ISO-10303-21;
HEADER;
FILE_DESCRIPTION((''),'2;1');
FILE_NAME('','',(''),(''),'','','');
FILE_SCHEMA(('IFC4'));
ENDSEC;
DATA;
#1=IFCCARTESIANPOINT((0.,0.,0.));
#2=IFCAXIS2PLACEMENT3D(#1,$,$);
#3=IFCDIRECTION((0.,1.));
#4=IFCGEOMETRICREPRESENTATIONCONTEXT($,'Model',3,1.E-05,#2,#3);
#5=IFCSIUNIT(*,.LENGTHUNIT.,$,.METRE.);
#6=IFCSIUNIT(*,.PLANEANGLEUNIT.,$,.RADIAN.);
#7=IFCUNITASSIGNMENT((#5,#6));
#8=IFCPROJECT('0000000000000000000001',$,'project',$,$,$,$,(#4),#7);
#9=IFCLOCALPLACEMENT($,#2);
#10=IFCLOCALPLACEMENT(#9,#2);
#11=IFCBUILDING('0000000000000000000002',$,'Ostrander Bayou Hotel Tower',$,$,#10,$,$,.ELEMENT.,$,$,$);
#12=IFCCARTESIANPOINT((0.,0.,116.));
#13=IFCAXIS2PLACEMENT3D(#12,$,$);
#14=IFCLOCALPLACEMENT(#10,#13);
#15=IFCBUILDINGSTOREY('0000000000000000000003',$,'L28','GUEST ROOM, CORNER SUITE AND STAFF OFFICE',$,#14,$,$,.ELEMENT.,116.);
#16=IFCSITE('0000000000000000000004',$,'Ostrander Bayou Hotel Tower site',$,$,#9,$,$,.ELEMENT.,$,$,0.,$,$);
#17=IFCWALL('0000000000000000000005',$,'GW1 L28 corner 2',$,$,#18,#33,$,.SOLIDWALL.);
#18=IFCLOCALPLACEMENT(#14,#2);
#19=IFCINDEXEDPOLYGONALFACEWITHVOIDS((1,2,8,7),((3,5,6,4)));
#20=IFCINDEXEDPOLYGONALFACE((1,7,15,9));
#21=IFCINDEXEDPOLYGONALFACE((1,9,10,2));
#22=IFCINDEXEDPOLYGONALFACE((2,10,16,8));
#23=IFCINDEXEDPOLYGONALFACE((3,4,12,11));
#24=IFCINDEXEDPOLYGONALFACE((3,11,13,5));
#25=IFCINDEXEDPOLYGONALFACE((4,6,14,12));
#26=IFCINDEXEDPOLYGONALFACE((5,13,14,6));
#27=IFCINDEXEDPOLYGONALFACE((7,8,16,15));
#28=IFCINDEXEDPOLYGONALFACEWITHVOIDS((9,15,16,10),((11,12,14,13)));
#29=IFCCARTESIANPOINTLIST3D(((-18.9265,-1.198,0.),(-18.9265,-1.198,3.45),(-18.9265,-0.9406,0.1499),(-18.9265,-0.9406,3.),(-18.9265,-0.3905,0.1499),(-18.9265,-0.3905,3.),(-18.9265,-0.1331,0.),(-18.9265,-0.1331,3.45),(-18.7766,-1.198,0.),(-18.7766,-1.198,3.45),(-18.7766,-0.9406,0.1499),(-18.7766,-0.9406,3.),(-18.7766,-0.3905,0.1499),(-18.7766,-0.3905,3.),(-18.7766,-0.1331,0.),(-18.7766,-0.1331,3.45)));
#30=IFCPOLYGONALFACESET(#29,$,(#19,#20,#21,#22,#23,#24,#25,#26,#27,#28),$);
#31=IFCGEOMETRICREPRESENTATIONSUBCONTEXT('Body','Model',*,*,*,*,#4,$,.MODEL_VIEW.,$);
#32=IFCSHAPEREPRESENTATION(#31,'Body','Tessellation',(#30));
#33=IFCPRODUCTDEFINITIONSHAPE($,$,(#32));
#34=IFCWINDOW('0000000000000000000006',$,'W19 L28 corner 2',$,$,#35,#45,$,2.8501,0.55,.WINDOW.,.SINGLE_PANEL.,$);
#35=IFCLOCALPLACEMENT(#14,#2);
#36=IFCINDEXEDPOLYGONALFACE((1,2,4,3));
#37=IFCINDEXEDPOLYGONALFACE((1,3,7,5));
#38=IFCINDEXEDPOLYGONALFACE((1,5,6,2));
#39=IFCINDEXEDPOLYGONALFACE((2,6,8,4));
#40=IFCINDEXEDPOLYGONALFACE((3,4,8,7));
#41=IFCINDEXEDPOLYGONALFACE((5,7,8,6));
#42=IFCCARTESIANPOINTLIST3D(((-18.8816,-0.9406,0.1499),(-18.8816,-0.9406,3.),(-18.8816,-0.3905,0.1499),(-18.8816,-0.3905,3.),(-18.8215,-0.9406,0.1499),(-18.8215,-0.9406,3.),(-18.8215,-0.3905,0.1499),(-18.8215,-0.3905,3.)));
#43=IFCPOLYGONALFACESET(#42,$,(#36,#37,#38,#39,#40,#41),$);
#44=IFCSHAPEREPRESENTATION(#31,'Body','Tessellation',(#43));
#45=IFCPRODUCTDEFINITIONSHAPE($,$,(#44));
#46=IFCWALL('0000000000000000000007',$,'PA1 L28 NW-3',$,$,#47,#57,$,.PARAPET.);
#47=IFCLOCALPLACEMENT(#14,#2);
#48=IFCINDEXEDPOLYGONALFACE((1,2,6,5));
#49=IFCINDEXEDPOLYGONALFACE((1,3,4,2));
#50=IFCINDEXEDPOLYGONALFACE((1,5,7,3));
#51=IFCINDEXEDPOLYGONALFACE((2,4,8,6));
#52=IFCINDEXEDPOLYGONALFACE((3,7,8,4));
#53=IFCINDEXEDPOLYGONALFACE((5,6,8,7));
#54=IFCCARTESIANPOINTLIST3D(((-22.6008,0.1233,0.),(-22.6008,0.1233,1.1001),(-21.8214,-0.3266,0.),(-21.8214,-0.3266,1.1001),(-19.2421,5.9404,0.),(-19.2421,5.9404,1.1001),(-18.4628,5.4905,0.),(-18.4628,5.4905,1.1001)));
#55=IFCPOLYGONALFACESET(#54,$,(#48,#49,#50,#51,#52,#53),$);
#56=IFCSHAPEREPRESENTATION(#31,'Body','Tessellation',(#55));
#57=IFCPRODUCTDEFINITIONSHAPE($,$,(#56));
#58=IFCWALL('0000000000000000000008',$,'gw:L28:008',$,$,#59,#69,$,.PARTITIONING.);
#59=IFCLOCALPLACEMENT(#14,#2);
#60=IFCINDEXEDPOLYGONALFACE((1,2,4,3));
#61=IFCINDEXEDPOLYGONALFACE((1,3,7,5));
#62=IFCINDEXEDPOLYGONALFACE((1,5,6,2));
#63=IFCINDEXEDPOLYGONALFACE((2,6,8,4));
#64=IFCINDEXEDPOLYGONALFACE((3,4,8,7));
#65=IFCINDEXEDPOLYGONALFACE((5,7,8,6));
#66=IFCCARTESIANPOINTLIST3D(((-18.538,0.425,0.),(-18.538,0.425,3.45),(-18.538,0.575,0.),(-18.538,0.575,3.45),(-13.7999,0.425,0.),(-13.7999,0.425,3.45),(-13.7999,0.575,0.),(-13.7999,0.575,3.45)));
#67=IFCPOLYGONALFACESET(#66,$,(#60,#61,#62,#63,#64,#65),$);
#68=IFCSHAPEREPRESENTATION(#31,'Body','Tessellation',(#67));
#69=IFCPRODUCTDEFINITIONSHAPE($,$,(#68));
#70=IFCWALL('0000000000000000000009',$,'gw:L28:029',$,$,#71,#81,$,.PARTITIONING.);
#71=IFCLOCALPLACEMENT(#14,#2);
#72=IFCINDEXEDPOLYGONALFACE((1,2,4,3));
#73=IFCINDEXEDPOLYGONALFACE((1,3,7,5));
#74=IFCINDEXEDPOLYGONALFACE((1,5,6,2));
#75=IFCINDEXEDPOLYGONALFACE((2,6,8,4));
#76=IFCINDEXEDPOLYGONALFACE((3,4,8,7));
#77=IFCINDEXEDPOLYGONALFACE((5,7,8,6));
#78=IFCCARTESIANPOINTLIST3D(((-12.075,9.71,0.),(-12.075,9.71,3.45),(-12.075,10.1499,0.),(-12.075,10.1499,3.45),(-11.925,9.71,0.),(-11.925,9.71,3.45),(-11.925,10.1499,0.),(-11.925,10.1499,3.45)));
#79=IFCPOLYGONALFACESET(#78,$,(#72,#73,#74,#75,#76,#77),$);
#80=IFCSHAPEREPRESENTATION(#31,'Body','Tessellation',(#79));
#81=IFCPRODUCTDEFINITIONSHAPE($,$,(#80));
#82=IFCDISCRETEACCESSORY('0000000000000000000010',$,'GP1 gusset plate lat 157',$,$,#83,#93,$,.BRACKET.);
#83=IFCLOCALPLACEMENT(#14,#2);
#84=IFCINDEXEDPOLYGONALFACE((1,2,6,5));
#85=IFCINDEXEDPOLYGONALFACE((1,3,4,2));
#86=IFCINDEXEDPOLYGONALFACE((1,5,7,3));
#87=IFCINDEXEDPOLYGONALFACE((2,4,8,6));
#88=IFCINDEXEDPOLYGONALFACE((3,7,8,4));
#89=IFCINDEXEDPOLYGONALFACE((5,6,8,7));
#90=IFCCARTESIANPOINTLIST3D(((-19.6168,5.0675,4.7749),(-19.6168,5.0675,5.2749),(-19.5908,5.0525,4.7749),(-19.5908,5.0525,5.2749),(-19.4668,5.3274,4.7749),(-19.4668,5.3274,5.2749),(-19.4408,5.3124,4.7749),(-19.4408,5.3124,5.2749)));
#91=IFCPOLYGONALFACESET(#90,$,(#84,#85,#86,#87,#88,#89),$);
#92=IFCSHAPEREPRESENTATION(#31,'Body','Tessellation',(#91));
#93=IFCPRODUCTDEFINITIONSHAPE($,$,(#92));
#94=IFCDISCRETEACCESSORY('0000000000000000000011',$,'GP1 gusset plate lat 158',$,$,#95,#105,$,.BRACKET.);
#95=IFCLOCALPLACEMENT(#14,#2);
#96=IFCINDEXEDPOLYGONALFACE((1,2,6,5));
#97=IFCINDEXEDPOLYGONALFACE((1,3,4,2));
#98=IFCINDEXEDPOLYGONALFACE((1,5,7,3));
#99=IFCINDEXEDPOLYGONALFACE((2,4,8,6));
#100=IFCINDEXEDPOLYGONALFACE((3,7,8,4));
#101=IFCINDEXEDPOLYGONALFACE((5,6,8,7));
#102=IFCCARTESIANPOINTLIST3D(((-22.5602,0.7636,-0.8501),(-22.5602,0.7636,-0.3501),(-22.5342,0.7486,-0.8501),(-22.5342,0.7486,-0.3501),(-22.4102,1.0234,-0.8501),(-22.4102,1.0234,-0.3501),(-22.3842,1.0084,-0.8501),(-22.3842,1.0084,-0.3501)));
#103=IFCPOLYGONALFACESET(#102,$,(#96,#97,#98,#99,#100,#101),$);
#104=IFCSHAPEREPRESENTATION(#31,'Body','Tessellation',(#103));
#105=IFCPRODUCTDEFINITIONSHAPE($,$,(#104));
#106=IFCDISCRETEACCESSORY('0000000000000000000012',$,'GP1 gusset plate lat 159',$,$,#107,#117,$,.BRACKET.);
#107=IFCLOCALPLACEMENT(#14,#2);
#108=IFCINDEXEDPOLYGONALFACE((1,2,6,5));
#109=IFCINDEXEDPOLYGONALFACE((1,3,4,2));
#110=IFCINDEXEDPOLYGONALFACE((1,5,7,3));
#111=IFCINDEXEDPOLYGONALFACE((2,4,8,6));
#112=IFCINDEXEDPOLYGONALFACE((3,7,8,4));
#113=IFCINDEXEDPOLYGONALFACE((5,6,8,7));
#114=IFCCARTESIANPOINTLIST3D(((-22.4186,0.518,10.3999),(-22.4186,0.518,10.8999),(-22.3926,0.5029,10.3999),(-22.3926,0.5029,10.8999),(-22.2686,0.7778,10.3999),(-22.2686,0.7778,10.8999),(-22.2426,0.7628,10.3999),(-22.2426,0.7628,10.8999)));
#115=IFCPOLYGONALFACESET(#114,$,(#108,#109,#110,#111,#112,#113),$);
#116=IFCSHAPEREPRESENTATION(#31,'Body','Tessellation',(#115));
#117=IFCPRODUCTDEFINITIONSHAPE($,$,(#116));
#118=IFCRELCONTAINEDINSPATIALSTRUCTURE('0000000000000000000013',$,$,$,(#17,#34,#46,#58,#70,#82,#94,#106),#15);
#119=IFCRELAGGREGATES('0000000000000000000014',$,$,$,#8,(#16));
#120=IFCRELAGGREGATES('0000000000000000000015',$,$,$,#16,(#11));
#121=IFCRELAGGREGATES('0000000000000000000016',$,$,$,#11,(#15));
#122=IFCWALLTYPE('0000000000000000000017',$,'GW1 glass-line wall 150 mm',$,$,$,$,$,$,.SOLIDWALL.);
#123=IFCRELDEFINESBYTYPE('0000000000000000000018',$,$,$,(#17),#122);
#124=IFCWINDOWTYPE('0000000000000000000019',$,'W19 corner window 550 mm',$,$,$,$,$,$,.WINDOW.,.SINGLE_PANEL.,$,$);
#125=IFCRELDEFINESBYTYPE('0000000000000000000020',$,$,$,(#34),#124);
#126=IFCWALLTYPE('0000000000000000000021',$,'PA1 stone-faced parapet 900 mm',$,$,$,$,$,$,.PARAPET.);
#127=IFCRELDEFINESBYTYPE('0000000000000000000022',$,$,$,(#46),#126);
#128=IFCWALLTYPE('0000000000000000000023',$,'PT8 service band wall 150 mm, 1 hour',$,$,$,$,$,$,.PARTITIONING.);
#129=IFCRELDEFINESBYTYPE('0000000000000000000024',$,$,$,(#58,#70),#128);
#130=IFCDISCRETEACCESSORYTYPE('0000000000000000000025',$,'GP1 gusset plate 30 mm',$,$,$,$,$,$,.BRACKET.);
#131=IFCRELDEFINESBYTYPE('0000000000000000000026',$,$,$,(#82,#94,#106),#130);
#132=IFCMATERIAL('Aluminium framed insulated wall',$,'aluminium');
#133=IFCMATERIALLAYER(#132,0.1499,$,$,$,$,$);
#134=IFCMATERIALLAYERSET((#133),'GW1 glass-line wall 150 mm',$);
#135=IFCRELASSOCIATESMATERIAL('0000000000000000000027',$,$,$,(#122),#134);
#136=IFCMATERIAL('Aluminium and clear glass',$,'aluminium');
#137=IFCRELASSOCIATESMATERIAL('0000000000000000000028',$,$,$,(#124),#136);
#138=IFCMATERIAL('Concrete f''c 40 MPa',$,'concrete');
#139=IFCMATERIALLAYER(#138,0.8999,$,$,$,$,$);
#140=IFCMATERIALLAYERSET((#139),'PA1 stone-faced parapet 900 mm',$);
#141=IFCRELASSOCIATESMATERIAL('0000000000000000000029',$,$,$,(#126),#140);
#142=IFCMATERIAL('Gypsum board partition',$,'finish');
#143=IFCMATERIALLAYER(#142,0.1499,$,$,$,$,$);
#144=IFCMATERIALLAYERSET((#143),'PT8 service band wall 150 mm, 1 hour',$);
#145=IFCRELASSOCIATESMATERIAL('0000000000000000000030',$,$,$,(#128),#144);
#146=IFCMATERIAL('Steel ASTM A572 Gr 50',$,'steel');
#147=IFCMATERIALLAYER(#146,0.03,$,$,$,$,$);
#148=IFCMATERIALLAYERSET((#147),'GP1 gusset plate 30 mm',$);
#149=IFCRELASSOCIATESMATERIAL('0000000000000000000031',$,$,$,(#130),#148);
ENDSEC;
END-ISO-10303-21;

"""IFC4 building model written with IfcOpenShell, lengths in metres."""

from ifc_helpers import new_model, si_unit, direction, frame, frame_2d, origin, origin_2d, place, context, subcontext, project, spatial, rectangle, extrude, material, layer, layer_set, type_object, element, fill, save


model = new_model("IFC4")

# Units and contexts
model_context = context("Model", 3, precision=1e-05, world=origin(), true_north=direction((0.0, 1.0)))
body_context = subcontext(model_context, "Body", "Model", "MODEL_VIEW")
ifc_project = project(units=[si_unit("LENGTHUNIT", "METRE"), si_unit("PLANEANGLEUNIT", "RADIAN")], contexts=[model_context])

# Site, building, storey
site_placement = place(None, origin())
site = spatial("IfcSite", under=ifc_project, at=site_placement, Name="Ostrander Bayou Hotel Tower site", CompositionType="ELEMENT", RefElevation=0.0)
building_placement = place(site_placement, origin())
building = spatial("IfcBuilding", under=site, at=building_placement, Name="Ostrander Bayou Hotel Tower", CompositionType="ELEMENT")
storey_placement = place(building_placement, frame((0.0, 0.0, 116.0)))
storey = spatial("IfcBuildingStorey", under=building, at=storey_placement, Name="L28", Description="GUEST ROOM, CORNER SUITE AND STAFF OFFICE", CompositionType="ELEMENT", Elevation=116.0)

# Wall, opening, window
ifc_material_1 = material(Name="Aluminium framed insulated wall", Category="aluminium")
ifc_layer_1 = layer(ifc_material_1, 0.1499)
ifc_layer_set_1 = layer_set([ifc_layer_1], Name="GW1 glass-line wall 150 mm")
wall_type_1 = type_object("IfcWallType", Name="GW1 glass-line wall 150 mm", PredefinedType="SOLIDWALL", material=ifc_layer_set_1)
wall_1_placement = place(storey_placement, frame((-18.8516, -0.1331, 0.0), z_axis=(0.0, 0.0, 1.0), x_axis=(0.0, -1.0, 0.0)))
wall_1 = element("IfcWall", 1, at=wall_1_placement, inside=storey, type_object=wall_type_1, Name="GW1 L28 corner 2", PredefinedType="SOLIDWALL", context=body_context, shape_type="SweptSolid", body=[
    extrude(rectangle(XDim=1.0649, YDim=0.1499, at=frame_2d((0.5325, 0.0))), origin(), (0.0, 0.0, 1.0), 3.45),
])
opening_1_placement = place(wall_1_placement, frame((0.2576, 0.0, 0.1499)))
opening_1 = element("IfcOpeningElement", 2, at=opening_1_placement, cuts=wall_1, PredefinedType="OPENING", context=body_context, shape_type="SweptSolid", body=[
    extrude(rectangle(XDim=0.55, YDim=2.8501, at=frame_2d((0.2749, 1.425))), frame((0.0, 0.075, 0.0), z_axis=(0.0, -1.0, 0.0), x_axis=(1.0, 0.0, 0.0)), (0.0, 0.0, 1.0), 0.1499),
])
ifc_material_2 = material(Name="Aluminium and clear glass", Category="aluminium")
window_type = type_object("IfcWindowType", Name="W19 corner window 550 mm", PartitioningType="SINGLE_PANEL", PredefinedType="WINDOW", material=ifc_material_2)
window_placement = place(opening_1_placement, origin())
window = element("IfcWindow", 3, at=window_placement, inside=storey, type_object=window_type, Name="W19 L28 corner 2", OverallHeight=2.8501, OverallWidth=0.55, PartitioningType="SINGLE_PANEL", PredefinedType="WINDOW", context=body_context, shape_type="SweptSolid", body=[
    extrude(rectangle(XDim=0.55, YDim=2.8501, at=frame_2d((0.2749, 1.425))), frame((0.0, 0.03, 0.0), z_axis=(0.0, -1.0, 0.0), x_axis=(1.0, 0.0, 0.0)), (0.0, 0.0, 1.0), 0.0601),
])
fill(opening_1, window)

# Walls
ifc_material_3 = material(Name="Concrete f'c 40 MPa", Category="concrete")
ifc_layer_2 = layer(ifc_material_3, 0.8999)
ifc_layer_set_2 = layer_set([ifc_layer_2], Name="PA1 stone-faced parapet 900 mm")
wall_type_2 = type_object("IfcWallType", Name="PA1 stone-faced parapet 900 mm", PredefinedType="PARAPET", material=ifc_layer_set_2)
wall_2_placement = place(storey_placement, frame((-18.8525, 5.7153, 0.0), z_axis=(0.0, 0.0, 1.0), x_axis=(-0.500013, -0.866018, 0.0)))
element("IfcWall", 4, at=wall_2_placement, inside=storey, type_object=wall_type_2, Name="PA1 L28 NW-3", PredefinedType="PARAPET", context=body_context, shape_type="SweptSolid", body=[
    extrude(rectangle(XDim=6.717, YDim=0.8999, at=frame_2d((3.3584, 0.0))), origin(), (0.0, 0.0, 1.0), 1.1001),
])
ifc_material_4 = material(Name="Gypsum board partition", Category="finish")
ifc_layer_3 = layer(ifc_material_4, 0.1499)
ifc_layer_set_3 = layer_set([ifc_layer_3], Name="PT8 service band wall 150 mm, 1 hour")
wall_type_3 = type_object("IfcWallType", Name="PT8 service band wall 150 mm, 1 hour", PredefinedType="PARTITIONING", material=ifc_layer_set_3)
wall_3_placement = place(storey_placement, frame((-18.5381, 0.5, 0.0), z_axis=(0.0, 0.0, 1.0), x_axis=(1.0, 0.0, 0.0)))
element("IfcWall", 5, at=wall_3_placement, inside=storey, type_object=wall_type_3, Name="gw:L28:008", PredefinedType="PARTITIONING", context=body_context, shape_type="SweptSolid", body=[
    extrude(rectangle(XDim=4.738, YDim=0.1499, at=frame_2d((2.3691, 0.0))), origin(), (0.0, 0.0, 1.0), 3.45),
])
wall_4_placement = place(storey_placement, frame((-12.0, 9.71, 0.0), z_axis=(0.0, 0.0, 1.0), x_axis=(0.0, 1.0, 0.0)))
element("IfcWall", 6, at=wall_4_placement, inside=storey, type_object=wall_type_3, Name="gw:L28:029", PredefinedType="PARTITIONING", context=body_context, shape_type="SweptSolid", body=[
    extrude(rectangle(XDim=0.4399, YDim=0.1499, at=frame_2d((0.22, 0.0))), origin(), (0.0, 0.0, 1.0), 3.45),
])

# Discrete accessories
ifc_material_5 = material(Name="Steel ASTM A572 Gr 50", Category="steel")
ifc_layer_4 = layer(ifc_material_5, 0.03)
ifc_layer_set_4 = layer_set([ifc_layer_4], Name="GP1 gusset plate 30 mm")
discrete_accessory_type = type_object("IfcDiscreteAccessoryType", Name="GP1 gusset plate 30 mm", PredefinedType="BRACKET", material=ifc_layer_set_4)
for number, where, z_axis, x_axis, name in (
    (7, (-19.5288, 5.1899, 4.7749), (0.0, 0.0, 1.0), (-0.5, -0.866025, 0.0), "GP1 gusset plate lat 157"),
    (8, (-22.4722, 0.886, -0.8501), (0.0, 0.0, 1.0), (-0.5, -0.866025, 0.0), "GP1 gusset plate lat 158"),
    (9, (-22.3306, 0.6404, 10.3999), (0.0, 0.0, 1.0), (-0.5, -0.866025, 0.0), "GP1 gusset plate lat 159"),
):
    element("IfcDiscreteAccessory", number, at=place(storey_placement, frame(where, z_axis=z_axis, x_axis=x_axis)), inside=storey, type_object=discrete_accessory_type, Name=name, PredefinedType="BRACKET", context=body_context, shape_type="SweptSolid", body=[
        extrude(rectangle(XDim=0.3, YDim=0.03, at=origin_2d()), origin(), (0.0, 0.0, 1.0), 0.5),
    ])

save(model, "model.ifc")
